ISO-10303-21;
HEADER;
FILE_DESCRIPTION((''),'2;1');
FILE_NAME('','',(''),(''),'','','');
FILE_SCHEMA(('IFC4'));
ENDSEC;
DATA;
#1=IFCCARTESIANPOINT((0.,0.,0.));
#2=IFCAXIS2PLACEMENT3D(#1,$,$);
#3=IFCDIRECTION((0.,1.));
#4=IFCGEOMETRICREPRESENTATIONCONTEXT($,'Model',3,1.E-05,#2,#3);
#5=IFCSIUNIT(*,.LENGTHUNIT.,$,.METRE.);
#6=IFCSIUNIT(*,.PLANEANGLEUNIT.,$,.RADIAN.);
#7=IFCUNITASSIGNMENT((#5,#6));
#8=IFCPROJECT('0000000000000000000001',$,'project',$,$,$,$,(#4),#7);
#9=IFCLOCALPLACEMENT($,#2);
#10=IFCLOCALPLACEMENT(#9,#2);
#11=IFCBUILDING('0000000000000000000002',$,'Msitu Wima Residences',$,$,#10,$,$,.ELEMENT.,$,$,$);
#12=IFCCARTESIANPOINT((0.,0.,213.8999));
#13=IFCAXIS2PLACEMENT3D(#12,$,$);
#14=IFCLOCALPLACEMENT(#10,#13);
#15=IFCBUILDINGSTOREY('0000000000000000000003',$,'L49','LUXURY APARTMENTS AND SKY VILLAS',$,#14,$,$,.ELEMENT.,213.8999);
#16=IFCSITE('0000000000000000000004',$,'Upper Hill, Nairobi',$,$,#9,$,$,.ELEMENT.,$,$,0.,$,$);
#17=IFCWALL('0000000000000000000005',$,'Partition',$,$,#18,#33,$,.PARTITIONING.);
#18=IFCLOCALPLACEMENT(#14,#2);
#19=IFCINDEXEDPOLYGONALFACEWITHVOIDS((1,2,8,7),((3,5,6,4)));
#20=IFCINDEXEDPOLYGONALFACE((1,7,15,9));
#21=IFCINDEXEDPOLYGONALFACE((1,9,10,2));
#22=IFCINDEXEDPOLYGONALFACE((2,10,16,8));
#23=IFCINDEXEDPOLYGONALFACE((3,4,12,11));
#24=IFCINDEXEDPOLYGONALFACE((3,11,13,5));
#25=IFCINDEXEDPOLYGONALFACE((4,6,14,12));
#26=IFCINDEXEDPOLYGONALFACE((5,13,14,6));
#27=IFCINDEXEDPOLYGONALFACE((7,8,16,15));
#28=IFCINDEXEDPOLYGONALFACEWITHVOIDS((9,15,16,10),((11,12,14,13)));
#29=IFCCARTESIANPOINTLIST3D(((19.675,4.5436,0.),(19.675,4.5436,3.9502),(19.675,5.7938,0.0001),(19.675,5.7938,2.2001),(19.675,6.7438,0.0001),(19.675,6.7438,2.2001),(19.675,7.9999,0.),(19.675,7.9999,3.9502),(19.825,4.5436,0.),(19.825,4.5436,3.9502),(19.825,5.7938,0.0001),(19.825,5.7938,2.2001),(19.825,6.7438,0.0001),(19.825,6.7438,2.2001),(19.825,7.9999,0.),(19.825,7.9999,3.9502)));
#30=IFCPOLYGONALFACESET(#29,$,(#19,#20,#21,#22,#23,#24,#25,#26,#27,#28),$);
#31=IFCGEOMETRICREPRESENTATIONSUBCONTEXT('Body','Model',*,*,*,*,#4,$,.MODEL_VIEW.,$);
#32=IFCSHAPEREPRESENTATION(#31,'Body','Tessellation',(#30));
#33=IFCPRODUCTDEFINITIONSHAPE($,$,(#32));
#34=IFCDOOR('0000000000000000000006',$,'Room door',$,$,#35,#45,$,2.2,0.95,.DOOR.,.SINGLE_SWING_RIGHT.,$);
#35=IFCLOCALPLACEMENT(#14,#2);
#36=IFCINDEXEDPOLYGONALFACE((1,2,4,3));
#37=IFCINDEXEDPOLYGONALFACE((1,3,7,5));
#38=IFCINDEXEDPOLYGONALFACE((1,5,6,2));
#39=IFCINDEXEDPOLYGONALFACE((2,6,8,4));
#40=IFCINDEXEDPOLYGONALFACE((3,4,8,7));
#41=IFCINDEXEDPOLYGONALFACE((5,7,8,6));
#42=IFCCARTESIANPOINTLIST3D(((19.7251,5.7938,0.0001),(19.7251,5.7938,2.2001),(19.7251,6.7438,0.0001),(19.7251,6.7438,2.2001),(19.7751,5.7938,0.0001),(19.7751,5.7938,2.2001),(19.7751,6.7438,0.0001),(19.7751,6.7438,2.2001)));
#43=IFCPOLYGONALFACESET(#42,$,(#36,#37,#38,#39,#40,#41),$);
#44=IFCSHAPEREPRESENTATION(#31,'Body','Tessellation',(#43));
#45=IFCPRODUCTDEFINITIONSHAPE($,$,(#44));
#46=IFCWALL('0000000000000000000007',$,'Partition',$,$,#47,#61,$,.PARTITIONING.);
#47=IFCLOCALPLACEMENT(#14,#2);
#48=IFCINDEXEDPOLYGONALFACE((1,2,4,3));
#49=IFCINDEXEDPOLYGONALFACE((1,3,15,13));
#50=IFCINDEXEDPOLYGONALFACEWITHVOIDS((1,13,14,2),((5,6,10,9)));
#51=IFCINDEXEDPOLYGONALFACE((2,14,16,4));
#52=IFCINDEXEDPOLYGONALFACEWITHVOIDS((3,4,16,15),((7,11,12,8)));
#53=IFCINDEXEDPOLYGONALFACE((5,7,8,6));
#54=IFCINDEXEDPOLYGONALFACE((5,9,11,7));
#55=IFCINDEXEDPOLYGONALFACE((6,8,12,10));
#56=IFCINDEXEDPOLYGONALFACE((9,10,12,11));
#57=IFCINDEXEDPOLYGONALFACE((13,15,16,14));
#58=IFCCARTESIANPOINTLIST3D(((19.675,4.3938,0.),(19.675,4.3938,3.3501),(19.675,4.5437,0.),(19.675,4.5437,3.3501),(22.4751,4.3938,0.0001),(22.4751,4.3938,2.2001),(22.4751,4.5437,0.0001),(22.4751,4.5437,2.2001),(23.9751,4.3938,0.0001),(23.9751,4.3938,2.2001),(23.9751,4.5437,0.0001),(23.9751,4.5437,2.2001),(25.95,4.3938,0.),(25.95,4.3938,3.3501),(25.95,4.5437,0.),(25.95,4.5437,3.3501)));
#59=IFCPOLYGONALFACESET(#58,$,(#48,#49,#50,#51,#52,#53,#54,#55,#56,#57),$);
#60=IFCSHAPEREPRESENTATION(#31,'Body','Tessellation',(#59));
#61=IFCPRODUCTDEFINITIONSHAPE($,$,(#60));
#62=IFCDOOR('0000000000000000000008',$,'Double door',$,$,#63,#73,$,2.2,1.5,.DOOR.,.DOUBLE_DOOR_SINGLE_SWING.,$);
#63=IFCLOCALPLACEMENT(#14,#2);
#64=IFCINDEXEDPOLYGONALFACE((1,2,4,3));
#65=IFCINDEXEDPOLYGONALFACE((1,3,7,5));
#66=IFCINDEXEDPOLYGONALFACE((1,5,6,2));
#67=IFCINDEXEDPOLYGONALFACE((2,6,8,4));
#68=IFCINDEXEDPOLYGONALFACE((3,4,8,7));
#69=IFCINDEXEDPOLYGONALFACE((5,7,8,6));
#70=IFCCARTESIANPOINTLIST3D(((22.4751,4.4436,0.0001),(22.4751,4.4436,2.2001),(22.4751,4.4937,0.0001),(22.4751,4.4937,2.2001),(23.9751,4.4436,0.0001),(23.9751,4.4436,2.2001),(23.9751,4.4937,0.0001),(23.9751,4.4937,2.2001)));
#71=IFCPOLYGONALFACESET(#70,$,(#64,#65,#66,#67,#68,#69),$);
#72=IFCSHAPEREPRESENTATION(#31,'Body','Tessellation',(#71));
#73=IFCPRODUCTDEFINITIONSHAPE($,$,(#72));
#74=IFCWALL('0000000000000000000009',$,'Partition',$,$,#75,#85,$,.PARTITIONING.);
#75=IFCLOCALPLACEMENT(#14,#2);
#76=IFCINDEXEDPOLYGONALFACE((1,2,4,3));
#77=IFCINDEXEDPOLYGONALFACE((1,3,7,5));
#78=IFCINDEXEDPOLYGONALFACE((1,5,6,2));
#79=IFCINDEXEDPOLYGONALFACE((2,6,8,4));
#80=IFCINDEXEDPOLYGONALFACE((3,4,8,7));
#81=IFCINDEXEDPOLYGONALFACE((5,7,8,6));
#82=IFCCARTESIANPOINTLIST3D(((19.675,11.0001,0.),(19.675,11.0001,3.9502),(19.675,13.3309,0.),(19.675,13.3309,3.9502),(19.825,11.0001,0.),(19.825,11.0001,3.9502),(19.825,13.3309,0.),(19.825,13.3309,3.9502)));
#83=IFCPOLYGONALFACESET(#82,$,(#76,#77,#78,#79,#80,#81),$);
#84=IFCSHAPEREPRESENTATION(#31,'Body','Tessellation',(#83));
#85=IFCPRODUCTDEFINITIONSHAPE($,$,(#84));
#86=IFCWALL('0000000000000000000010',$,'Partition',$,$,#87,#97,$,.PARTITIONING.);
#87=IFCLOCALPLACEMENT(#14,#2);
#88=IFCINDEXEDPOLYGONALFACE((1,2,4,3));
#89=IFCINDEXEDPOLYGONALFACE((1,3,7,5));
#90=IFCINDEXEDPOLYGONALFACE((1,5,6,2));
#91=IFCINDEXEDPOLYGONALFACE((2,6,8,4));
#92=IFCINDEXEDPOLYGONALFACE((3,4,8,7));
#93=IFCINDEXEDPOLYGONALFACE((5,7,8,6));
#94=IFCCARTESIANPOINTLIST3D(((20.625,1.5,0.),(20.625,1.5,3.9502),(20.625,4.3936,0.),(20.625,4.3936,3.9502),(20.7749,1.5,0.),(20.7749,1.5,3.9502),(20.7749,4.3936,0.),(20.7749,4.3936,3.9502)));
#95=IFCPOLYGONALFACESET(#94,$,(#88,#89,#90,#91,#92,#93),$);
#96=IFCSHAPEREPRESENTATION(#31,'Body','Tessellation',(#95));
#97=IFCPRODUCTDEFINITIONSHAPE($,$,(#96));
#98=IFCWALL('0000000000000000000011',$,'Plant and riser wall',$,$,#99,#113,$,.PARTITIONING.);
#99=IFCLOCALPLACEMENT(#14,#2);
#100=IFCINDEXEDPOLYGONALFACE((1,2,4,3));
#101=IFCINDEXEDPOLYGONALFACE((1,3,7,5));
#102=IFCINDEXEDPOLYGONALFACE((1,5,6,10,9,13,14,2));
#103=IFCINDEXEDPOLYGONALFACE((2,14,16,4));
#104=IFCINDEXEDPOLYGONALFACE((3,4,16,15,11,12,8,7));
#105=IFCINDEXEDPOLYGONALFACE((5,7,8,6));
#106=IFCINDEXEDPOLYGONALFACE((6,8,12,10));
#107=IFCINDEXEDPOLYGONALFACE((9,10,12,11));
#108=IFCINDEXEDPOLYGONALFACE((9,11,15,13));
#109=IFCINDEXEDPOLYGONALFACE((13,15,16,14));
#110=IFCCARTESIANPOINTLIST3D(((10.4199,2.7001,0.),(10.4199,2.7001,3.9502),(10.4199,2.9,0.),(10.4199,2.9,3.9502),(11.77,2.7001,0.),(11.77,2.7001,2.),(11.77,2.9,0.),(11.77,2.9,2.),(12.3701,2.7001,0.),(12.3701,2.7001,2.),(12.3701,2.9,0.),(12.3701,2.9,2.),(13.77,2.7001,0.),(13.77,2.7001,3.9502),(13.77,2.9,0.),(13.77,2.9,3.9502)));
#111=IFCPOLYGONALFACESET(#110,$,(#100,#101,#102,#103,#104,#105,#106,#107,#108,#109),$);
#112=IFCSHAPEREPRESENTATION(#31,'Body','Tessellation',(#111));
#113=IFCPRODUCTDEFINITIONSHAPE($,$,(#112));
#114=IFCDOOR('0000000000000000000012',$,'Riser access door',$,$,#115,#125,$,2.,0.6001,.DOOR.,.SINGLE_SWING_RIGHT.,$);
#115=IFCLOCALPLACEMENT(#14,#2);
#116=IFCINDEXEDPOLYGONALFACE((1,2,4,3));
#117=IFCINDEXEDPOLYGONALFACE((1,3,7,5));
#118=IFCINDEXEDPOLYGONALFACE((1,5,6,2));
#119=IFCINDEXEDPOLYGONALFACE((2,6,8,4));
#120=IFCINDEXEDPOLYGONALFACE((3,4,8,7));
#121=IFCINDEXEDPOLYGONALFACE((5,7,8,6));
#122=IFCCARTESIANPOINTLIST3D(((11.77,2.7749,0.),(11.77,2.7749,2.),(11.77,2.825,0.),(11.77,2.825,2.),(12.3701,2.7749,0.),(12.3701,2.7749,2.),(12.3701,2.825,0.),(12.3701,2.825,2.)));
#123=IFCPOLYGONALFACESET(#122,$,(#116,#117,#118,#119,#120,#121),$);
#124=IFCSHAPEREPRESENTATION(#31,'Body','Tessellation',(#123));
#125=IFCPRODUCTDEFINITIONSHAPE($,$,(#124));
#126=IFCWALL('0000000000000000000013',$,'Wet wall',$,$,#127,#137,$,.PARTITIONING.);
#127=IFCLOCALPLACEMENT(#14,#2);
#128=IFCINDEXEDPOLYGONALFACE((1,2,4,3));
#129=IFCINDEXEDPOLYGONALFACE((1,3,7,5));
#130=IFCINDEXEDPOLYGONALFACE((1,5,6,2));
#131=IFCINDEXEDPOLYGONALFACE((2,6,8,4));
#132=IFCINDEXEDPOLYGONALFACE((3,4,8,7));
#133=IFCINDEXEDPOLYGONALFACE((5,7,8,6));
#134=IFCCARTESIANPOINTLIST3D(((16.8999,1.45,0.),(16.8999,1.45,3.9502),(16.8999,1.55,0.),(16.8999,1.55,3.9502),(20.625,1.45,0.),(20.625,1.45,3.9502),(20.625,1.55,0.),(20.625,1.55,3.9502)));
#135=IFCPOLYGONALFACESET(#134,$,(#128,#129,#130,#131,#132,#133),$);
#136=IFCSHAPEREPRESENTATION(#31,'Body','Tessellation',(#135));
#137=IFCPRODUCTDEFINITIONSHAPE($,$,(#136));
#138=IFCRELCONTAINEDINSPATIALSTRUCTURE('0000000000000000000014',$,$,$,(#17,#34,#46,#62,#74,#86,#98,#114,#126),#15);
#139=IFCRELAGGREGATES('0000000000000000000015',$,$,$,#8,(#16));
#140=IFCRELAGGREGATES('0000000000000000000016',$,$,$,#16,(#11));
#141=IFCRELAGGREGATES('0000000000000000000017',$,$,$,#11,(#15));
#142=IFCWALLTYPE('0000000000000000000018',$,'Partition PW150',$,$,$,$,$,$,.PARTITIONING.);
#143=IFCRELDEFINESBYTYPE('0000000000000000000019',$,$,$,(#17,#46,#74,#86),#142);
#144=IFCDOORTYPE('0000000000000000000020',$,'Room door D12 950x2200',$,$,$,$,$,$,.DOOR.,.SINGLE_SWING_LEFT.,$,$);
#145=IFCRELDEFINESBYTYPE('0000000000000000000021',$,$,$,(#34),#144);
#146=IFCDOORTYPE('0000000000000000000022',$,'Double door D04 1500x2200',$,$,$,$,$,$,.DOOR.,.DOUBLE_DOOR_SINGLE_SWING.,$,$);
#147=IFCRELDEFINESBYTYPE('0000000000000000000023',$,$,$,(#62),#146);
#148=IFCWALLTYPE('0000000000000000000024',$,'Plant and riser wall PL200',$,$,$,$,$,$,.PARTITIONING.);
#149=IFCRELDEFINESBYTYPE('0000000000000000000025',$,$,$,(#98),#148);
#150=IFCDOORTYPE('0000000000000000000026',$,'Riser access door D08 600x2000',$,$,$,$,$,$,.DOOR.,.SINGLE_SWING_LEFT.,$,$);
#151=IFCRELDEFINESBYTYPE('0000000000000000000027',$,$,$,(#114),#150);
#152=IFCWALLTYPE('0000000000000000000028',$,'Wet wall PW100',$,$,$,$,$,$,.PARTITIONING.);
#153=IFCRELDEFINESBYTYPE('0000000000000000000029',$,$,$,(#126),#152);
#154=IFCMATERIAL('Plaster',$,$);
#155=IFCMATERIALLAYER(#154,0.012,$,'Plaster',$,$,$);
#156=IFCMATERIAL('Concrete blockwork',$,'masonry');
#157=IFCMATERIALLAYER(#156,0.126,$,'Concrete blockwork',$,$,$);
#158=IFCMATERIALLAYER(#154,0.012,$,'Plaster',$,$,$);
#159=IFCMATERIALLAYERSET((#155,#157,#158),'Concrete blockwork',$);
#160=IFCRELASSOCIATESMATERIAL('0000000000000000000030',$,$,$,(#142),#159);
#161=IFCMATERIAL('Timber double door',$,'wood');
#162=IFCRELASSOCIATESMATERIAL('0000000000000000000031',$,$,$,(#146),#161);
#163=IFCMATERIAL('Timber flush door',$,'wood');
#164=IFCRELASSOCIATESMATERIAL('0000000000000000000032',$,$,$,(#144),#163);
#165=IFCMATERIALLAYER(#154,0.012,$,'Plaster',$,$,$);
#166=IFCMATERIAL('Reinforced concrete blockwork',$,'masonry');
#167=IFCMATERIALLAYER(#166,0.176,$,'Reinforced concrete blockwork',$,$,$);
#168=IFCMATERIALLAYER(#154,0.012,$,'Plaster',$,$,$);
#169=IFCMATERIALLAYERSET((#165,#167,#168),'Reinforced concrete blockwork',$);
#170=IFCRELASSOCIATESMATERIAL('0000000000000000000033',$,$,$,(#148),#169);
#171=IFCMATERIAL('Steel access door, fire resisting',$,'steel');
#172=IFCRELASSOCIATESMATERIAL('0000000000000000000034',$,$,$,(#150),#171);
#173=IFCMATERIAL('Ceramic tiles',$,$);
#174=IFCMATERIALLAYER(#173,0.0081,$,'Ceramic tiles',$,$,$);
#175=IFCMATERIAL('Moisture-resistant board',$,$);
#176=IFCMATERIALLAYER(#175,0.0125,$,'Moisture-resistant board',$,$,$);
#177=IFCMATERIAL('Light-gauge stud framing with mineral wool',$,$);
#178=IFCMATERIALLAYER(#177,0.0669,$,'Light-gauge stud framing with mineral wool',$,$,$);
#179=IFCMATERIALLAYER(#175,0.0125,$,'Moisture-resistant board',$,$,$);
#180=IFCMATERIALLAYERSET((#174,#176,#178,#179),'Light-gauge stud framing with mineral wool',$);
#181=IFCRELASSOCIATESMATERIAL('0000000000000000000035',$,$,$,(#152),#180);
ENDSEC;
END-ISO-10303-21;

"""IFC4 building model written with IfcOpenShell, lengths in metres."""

from ifc_helpers import new_model, si_unit, direction, frame, frame_2d, origin, place, context, subcontext, project, spatial, rectangle, extrude, material, layer, layer_set, type_object, element, fill, save


model = new_model("IFC4")

# Units and contexts
model_context = context("Model", 3, precision=1e-05, world=origin(), true_north=direction((0.0, 1.0)))
body_context = subcontext(model_context, "Body", "Model", "MODEL_VIEW")
ifc_project = project(units=[si_unit("LENGTHUNIT", "METRE"), si_unit("PLANEANGLEUNIT", "RADIAN")], contexts=[model_context])

# Site, building, storey
site_placement = place(None, origin())
site = spatial("IfcSite", under=ifc_project, at=site_placement, Name="Upper Hill, Nairobi", CompositionType="ELEMENT", RefElevation=0.0)
building_placement = place(site_placement, origin())
building = spatial("IfcBuilding", under=site, at=building_placement, Name="Msitu Wima Residences", CompositionType="ELEMENT")
storey_placement = place(building_placement, frame((0.0, 0.0, 213.8999)))
storey = spatial("IfcBuildingStorey", under=building, at=storey_placement, Name="L49", Description="LUXURY APARTMENTS AND SKY VILLAS", CompositionType="ELEMENT", Elevation=213.8999)

# Walls, openings, doors
ifc_material_1 = material(Name="Plaster")
ifc_layer_1 = layer(ifc_material_1, 0.012, Name="Plaster")
ifc_material_2 = material(Name="Concrete blockwork", Category="masonry")
ifc_layer_2 = layer(ifc_material_2, 0.126, Name="Concrete blockwork")
ifc_layer_3 = layer(ifc_material_1, 0.012, Name="Plaster")
ifc_layer_set_1 = layer_set([ifc_layer_1, ifc_layer_2, ifc_layer_3], Name="Concrete blockwork")
wall_type_1 = type_object("IfcWallType", Name="Partition PW150", PredefinedType="PARTITIONING", material=ifc_layer_set_1)
ifc_material_3 = material(Name="Timber double door", Category="wood")
door_type_1 = type_object("IfcDoorType", Name="Double door D04 1500x2200", OperationType="DOUBLE_DOOR_SINGLE_SWING", PredefinedType="DOOR", material=ifc_material_3)
wall_1_placement = place(storey_placement, frame((19.75, 4.5437, 0.0), z_axis=(0.0, 0.0, 1.0), x_axis=(0.0, 1.0, 0.0)))
wall_1 = element("IfcWall", 1, at=wall_1_placement, inside=storey, type_object=wall_type_1, Name="Partition", PredefinedType="PARTITIONING", context=body_context, shape_type="SweptSolid", body=[
    extrude(rectangle(XDim=3.4563, YDim=0.1499, at=frame_2d((1.728, 0.0))), origin(), (0.0, 0.0, 1.0), 3.9502),
])
opening_1_placement = place(wall_1_placement, frame((1.25, 0.0, 0.0)))
opening_1 = element("IfcOpeningElement", 2, at=opening_1_placement, cuts=wall_1, PredefinedType="OPENING", context=body_context, shape_type="SweptSolid", body=[
    extrude(rectangle(XDim=0.95, YDim=2.2, at=frame_2d((0.4751, 1.1001))), frame((0.0, 0.085, 0.0), z_axis=(0.0, -1.0, 0.0), x_axis=(1.0, 0.0, 0.0)), (0.0, 0.0, 1.0), 0.1699),
])
ifc_material_4 = material(Name="Timber flush door", Category="wood")
door_type_2 = type_object("IfcDoorType", Name="Room door D12 950x2200", OperationType="SINGLE_SWING_LEFT", PredefinedType="DOOR", material=ifc_material_4)
door_1_placement = place(opening_1_placement, origin())
door_1 = element("IfcDoor", 3, at=door_1_placement, inside=storey, type_object=door_type_2, Name="Room door", OperationType="SINGLE_SWING_RIGHT", OverallHeight=2.2, OverallWidth=0.95, PredefinedType="DOOR", context=body_context, shape_type="SweptSolid", body=[
    extrude(rectangle(XDim=0.95, YDim=2.2, at=frame_2d((0.4751, 1.1001))), frame((0.0, 0.0249, 0.0), z_axis=(0.0, -1.0, 0.0), x_axis=(1.0, 0.0, 0.0)), (0.0, 0.0, 1.0), 0.05),
])
fill(opening_1, door_1)
wall_2_placement = place(storey_placement, frame((19.675, 4.4688, 0.0), z_axis=(0.0, 0.0, 1.0), x_axis=(1.0, 0.0, 0.0)))
wall_2 = element("IfcWall", 4, at=wall_2_placement, inside=storey, type_object=wall_type_1, Name="Partition", PredefinedType="PARTITIONING", context=body_context, shape_type="SweptSolid", body=[
    extrude(rectangle(XDim=6.2749, YDim=0.1499, at=frame_2d((3.1375, 0.0))), origin(), (0.0, 0.0, 1.0), 3.3501),
])
opening_2_placement = place(wall_2_placement, frame((2.8, 0.0, 0.0)))
opening_2 = element("IfcOpeningElement", 5, at=opening_2_placement, cuts=wall_2, PredefinedType="OPENING", context=body_context, shape_type="SweptSolid", body=[
    extrude(rectangle(XDim=1.5, YDim=2.2, at=frame_2d((0.75, 1.1001))), frame((0.0, 0.085, 0.0), z_axis=(0.0, -1.0, 0.0), x_axis=(1.0, 0.0, 0.0)), (0.0, 0.0, 1.0), 0.1699),
])
door_2_placement = place(opening_2_placement, origin())
door_2 = element("IfcDoor", 6, at=door_2_placement, inside=storey, type_object=door_type_1, Name="Double door", OperationType="DOUBLE_DOOR_SINGLE_SWING", OverallHeight=2.2, OverallWidth=1.5, PredefinedType="DOOR", context=body_context, shape_type="SweptSolid", body=[
    extrude(rectangle(XDim=1.5, YDim=2.2, at=frame_2d((0.75, 1.1001))), frame((0.0, 0.0249, 0.0), z_axis=(0.0, -1.0, 0.0), x_axis=(1.0, 0.0, 0.0)), (0.0, 0.0, 1.0), 0.05),
])
fill(opening_2, door_2)

# Walls
wall_3_placement = place(storey_placement, frame((19.75, 11.0, 0.0), z_axis=(0.0, 0.0, 1.0), x_axis=(0.0, 1.0, 0.0)))
element("IfcWall", 7, at=wall_3_placement, inside=storey, type_object=wall_type_1, Name="Partition", PredefinedType="PARTITIONING", context=body_context, shape_type="SweptSolid", body=[
    extrude(rectangle(XDim=2.3308, YDim=0.1499, at=frame_2d((1.1655, 0.0))), origin(), (0.0, 0.0, 1.0), 3.9502),
])
wall_4_placement = place(storey_placement, frame((20.7, 1.5, 0.0), z_axis=(0.0, 0.0, 1.0), x_axis=(0.0, 1.0, 0.0)))
element("IfcWall", 8, at=wall_4_placement, inside=storey, type_object=wall_type_1, Name="Partition", PredefinedType="PARTITIONING", context=body_context, shape_type="SweptSolid", body=[
    extrude(rectangle(XDim=2.8936, YDim=0.1499, at=frame_2d((1.4468, 0.0))), origin(), (0.0, 0.0, 1.0), 3.9502),
])

# Wall, opening, door
ifc_layer_4 = layer(ifc_material_1, 0.012, Name="Plaster")
ifc_material_5 = material(Name="Reinforced concrete blockwork", Category="masonry")
ifc_layer_5 = layer(ifc_material_5, 0.176, Name="Reinforced concrete blockwork")
ifc_layer_6 = layer(ifc_material_1, 0.012, Name="Plaster")
ifc_layer_set_2 = layer_set([ifc_layer_4, ifc_layer_5, ifc_layer_6], Name="Reinforced concrete blockwork")
wall_type_2 = type_object("IfcWallType", Name="Plant and riser wall PL200", PredefinedType="PARTITIONING", material=ifc_layer_set_2)
wall_5_placement = place(storey_placement, frame((10.4199, 2.8, 0.0), z_axis=(0.0, 0.0, 1.0), x_axis=(1.0, 0.0, 0.0)))
wall_5 = element("IfcWall", 9, at=wall_5_placement, inside=storey, type_object=wall_type_2, Name="Plant and riser wall", PredefinedType="PARTITIONING", context=body_context, shape_type="SweptSolid", body=[
    extrude(rectangle(XDim=3.3501, YDim=0.2, at=frame_2d((1.675, 0.0))), origin(), (0.0, 0.0, 1.0), 3.9502),
])
opening_3_placement = place(wall_5_placement, frame((1.3501, 0.0, 0.0)))
opening_3 = element("IfcOpeningElement", 10, at=opening_3_placement, cuts=wall_5, PredefinedType="OPENING", context=body_context, shape_type="SweptSolid", body=[
    extrude(rectangle(XDim=0.6001, YDim=2.0, at=frame_2d((0.3, 1.0))), frame((0.0, 0.1099, 0.0), z_axis=(0.0, -1.0, 0.0), x_axis=(1.0, 0.0, 0.0)), (0.0, 0.0, 1.0), 0.22),
])
ifc_material_6 = material(Name="Steel access door, fire resisting", Category="steel")
door_type_3 = type_object("IfcDoorType", Name="Riser access door D08 600x2000", OperationType="SINGLE_SWING_LEFT", PredefinedType="DOOR", material=ifc_material_6)
door_3_placement = place(opening_3_placement, origin())
door_3 = element("IfcDoor", 11, at=door_3_placement, inside=storey, type_object=door_type_3, Name="Riser access door", OperationType="SINGLE_SWING_RIGHT", OverallHeight=2.0, OverallWidth=0.6001, PredefinedType="DOOR", context=body_context, shape_type="SweptSolid", body=[
    extrude(rectangle(XDim=0.6001, YDim=2.0, at=frame_2d((0.3, 1.0))), frame((0.0, 0.0249, 0.0), z_axis=(0.0, -1.0, 0.0), x_axis=(1.0, 0.0, 0.0)), (0.0, 0.0, 1.0), 0.05),
])
fill(opening_3, door_3)

# Wall
ifc_material_7 = material(Name="Ceramic tiles")
ifc_layer_7 = layer(ifc_material_7, 0.0081, Name="Ceramic tiles")
ifc_material_8 = material(Name="Moisture-resistant board")
ifc_layer_8 = layer(ifc_material_8, 0.0125, Name="Moisture-resistant board")
ifc_material_9 = material(Name="Light-gauge stud framing with mineral wool")
ifc_layer_9 = layer(ifc_material_9, 0.0669, Name="Light-gauge stud framing with mineral wool")
ifc_layer_10 = layer(ifc_material_8, 0.0125, Name="Moisture-resistant board")
ifc_layer_set_3 = layer_set([ifc_layer_7, ifc_layer_8, ifc_layer_9, ifc_layer_10], Name="Light-gauge stud framing with mineral wool")
wall_type_3 = type_object("IfcWallType", Name="Wet wall PW100", PredefinedType="PARTITIONING", material=ifc_layer_set_3)
wall_6_placement = place(storey_placement, frame((16.8999, 1.5, 0.0), z_axis=(0.0, 0.0, 1.0), x_axis=(1.0, 0.0, 0.0)))
element("IfcWall", 12, at=wall_6_placement, inside=storey, type_object=wall_type_3, Name="Wet wall", PredefinedType="PARTITIONING", context=body_context, shape_type="SweptSolid", body=[
    extrude(rectangle(XDim=3.7251, YDim=0.1001, at=frame_2d((1.8625, 0.0))), origin(), (0.0, 0.0, 1.0), 3.9502),
])

save(model, "model.ifc")
